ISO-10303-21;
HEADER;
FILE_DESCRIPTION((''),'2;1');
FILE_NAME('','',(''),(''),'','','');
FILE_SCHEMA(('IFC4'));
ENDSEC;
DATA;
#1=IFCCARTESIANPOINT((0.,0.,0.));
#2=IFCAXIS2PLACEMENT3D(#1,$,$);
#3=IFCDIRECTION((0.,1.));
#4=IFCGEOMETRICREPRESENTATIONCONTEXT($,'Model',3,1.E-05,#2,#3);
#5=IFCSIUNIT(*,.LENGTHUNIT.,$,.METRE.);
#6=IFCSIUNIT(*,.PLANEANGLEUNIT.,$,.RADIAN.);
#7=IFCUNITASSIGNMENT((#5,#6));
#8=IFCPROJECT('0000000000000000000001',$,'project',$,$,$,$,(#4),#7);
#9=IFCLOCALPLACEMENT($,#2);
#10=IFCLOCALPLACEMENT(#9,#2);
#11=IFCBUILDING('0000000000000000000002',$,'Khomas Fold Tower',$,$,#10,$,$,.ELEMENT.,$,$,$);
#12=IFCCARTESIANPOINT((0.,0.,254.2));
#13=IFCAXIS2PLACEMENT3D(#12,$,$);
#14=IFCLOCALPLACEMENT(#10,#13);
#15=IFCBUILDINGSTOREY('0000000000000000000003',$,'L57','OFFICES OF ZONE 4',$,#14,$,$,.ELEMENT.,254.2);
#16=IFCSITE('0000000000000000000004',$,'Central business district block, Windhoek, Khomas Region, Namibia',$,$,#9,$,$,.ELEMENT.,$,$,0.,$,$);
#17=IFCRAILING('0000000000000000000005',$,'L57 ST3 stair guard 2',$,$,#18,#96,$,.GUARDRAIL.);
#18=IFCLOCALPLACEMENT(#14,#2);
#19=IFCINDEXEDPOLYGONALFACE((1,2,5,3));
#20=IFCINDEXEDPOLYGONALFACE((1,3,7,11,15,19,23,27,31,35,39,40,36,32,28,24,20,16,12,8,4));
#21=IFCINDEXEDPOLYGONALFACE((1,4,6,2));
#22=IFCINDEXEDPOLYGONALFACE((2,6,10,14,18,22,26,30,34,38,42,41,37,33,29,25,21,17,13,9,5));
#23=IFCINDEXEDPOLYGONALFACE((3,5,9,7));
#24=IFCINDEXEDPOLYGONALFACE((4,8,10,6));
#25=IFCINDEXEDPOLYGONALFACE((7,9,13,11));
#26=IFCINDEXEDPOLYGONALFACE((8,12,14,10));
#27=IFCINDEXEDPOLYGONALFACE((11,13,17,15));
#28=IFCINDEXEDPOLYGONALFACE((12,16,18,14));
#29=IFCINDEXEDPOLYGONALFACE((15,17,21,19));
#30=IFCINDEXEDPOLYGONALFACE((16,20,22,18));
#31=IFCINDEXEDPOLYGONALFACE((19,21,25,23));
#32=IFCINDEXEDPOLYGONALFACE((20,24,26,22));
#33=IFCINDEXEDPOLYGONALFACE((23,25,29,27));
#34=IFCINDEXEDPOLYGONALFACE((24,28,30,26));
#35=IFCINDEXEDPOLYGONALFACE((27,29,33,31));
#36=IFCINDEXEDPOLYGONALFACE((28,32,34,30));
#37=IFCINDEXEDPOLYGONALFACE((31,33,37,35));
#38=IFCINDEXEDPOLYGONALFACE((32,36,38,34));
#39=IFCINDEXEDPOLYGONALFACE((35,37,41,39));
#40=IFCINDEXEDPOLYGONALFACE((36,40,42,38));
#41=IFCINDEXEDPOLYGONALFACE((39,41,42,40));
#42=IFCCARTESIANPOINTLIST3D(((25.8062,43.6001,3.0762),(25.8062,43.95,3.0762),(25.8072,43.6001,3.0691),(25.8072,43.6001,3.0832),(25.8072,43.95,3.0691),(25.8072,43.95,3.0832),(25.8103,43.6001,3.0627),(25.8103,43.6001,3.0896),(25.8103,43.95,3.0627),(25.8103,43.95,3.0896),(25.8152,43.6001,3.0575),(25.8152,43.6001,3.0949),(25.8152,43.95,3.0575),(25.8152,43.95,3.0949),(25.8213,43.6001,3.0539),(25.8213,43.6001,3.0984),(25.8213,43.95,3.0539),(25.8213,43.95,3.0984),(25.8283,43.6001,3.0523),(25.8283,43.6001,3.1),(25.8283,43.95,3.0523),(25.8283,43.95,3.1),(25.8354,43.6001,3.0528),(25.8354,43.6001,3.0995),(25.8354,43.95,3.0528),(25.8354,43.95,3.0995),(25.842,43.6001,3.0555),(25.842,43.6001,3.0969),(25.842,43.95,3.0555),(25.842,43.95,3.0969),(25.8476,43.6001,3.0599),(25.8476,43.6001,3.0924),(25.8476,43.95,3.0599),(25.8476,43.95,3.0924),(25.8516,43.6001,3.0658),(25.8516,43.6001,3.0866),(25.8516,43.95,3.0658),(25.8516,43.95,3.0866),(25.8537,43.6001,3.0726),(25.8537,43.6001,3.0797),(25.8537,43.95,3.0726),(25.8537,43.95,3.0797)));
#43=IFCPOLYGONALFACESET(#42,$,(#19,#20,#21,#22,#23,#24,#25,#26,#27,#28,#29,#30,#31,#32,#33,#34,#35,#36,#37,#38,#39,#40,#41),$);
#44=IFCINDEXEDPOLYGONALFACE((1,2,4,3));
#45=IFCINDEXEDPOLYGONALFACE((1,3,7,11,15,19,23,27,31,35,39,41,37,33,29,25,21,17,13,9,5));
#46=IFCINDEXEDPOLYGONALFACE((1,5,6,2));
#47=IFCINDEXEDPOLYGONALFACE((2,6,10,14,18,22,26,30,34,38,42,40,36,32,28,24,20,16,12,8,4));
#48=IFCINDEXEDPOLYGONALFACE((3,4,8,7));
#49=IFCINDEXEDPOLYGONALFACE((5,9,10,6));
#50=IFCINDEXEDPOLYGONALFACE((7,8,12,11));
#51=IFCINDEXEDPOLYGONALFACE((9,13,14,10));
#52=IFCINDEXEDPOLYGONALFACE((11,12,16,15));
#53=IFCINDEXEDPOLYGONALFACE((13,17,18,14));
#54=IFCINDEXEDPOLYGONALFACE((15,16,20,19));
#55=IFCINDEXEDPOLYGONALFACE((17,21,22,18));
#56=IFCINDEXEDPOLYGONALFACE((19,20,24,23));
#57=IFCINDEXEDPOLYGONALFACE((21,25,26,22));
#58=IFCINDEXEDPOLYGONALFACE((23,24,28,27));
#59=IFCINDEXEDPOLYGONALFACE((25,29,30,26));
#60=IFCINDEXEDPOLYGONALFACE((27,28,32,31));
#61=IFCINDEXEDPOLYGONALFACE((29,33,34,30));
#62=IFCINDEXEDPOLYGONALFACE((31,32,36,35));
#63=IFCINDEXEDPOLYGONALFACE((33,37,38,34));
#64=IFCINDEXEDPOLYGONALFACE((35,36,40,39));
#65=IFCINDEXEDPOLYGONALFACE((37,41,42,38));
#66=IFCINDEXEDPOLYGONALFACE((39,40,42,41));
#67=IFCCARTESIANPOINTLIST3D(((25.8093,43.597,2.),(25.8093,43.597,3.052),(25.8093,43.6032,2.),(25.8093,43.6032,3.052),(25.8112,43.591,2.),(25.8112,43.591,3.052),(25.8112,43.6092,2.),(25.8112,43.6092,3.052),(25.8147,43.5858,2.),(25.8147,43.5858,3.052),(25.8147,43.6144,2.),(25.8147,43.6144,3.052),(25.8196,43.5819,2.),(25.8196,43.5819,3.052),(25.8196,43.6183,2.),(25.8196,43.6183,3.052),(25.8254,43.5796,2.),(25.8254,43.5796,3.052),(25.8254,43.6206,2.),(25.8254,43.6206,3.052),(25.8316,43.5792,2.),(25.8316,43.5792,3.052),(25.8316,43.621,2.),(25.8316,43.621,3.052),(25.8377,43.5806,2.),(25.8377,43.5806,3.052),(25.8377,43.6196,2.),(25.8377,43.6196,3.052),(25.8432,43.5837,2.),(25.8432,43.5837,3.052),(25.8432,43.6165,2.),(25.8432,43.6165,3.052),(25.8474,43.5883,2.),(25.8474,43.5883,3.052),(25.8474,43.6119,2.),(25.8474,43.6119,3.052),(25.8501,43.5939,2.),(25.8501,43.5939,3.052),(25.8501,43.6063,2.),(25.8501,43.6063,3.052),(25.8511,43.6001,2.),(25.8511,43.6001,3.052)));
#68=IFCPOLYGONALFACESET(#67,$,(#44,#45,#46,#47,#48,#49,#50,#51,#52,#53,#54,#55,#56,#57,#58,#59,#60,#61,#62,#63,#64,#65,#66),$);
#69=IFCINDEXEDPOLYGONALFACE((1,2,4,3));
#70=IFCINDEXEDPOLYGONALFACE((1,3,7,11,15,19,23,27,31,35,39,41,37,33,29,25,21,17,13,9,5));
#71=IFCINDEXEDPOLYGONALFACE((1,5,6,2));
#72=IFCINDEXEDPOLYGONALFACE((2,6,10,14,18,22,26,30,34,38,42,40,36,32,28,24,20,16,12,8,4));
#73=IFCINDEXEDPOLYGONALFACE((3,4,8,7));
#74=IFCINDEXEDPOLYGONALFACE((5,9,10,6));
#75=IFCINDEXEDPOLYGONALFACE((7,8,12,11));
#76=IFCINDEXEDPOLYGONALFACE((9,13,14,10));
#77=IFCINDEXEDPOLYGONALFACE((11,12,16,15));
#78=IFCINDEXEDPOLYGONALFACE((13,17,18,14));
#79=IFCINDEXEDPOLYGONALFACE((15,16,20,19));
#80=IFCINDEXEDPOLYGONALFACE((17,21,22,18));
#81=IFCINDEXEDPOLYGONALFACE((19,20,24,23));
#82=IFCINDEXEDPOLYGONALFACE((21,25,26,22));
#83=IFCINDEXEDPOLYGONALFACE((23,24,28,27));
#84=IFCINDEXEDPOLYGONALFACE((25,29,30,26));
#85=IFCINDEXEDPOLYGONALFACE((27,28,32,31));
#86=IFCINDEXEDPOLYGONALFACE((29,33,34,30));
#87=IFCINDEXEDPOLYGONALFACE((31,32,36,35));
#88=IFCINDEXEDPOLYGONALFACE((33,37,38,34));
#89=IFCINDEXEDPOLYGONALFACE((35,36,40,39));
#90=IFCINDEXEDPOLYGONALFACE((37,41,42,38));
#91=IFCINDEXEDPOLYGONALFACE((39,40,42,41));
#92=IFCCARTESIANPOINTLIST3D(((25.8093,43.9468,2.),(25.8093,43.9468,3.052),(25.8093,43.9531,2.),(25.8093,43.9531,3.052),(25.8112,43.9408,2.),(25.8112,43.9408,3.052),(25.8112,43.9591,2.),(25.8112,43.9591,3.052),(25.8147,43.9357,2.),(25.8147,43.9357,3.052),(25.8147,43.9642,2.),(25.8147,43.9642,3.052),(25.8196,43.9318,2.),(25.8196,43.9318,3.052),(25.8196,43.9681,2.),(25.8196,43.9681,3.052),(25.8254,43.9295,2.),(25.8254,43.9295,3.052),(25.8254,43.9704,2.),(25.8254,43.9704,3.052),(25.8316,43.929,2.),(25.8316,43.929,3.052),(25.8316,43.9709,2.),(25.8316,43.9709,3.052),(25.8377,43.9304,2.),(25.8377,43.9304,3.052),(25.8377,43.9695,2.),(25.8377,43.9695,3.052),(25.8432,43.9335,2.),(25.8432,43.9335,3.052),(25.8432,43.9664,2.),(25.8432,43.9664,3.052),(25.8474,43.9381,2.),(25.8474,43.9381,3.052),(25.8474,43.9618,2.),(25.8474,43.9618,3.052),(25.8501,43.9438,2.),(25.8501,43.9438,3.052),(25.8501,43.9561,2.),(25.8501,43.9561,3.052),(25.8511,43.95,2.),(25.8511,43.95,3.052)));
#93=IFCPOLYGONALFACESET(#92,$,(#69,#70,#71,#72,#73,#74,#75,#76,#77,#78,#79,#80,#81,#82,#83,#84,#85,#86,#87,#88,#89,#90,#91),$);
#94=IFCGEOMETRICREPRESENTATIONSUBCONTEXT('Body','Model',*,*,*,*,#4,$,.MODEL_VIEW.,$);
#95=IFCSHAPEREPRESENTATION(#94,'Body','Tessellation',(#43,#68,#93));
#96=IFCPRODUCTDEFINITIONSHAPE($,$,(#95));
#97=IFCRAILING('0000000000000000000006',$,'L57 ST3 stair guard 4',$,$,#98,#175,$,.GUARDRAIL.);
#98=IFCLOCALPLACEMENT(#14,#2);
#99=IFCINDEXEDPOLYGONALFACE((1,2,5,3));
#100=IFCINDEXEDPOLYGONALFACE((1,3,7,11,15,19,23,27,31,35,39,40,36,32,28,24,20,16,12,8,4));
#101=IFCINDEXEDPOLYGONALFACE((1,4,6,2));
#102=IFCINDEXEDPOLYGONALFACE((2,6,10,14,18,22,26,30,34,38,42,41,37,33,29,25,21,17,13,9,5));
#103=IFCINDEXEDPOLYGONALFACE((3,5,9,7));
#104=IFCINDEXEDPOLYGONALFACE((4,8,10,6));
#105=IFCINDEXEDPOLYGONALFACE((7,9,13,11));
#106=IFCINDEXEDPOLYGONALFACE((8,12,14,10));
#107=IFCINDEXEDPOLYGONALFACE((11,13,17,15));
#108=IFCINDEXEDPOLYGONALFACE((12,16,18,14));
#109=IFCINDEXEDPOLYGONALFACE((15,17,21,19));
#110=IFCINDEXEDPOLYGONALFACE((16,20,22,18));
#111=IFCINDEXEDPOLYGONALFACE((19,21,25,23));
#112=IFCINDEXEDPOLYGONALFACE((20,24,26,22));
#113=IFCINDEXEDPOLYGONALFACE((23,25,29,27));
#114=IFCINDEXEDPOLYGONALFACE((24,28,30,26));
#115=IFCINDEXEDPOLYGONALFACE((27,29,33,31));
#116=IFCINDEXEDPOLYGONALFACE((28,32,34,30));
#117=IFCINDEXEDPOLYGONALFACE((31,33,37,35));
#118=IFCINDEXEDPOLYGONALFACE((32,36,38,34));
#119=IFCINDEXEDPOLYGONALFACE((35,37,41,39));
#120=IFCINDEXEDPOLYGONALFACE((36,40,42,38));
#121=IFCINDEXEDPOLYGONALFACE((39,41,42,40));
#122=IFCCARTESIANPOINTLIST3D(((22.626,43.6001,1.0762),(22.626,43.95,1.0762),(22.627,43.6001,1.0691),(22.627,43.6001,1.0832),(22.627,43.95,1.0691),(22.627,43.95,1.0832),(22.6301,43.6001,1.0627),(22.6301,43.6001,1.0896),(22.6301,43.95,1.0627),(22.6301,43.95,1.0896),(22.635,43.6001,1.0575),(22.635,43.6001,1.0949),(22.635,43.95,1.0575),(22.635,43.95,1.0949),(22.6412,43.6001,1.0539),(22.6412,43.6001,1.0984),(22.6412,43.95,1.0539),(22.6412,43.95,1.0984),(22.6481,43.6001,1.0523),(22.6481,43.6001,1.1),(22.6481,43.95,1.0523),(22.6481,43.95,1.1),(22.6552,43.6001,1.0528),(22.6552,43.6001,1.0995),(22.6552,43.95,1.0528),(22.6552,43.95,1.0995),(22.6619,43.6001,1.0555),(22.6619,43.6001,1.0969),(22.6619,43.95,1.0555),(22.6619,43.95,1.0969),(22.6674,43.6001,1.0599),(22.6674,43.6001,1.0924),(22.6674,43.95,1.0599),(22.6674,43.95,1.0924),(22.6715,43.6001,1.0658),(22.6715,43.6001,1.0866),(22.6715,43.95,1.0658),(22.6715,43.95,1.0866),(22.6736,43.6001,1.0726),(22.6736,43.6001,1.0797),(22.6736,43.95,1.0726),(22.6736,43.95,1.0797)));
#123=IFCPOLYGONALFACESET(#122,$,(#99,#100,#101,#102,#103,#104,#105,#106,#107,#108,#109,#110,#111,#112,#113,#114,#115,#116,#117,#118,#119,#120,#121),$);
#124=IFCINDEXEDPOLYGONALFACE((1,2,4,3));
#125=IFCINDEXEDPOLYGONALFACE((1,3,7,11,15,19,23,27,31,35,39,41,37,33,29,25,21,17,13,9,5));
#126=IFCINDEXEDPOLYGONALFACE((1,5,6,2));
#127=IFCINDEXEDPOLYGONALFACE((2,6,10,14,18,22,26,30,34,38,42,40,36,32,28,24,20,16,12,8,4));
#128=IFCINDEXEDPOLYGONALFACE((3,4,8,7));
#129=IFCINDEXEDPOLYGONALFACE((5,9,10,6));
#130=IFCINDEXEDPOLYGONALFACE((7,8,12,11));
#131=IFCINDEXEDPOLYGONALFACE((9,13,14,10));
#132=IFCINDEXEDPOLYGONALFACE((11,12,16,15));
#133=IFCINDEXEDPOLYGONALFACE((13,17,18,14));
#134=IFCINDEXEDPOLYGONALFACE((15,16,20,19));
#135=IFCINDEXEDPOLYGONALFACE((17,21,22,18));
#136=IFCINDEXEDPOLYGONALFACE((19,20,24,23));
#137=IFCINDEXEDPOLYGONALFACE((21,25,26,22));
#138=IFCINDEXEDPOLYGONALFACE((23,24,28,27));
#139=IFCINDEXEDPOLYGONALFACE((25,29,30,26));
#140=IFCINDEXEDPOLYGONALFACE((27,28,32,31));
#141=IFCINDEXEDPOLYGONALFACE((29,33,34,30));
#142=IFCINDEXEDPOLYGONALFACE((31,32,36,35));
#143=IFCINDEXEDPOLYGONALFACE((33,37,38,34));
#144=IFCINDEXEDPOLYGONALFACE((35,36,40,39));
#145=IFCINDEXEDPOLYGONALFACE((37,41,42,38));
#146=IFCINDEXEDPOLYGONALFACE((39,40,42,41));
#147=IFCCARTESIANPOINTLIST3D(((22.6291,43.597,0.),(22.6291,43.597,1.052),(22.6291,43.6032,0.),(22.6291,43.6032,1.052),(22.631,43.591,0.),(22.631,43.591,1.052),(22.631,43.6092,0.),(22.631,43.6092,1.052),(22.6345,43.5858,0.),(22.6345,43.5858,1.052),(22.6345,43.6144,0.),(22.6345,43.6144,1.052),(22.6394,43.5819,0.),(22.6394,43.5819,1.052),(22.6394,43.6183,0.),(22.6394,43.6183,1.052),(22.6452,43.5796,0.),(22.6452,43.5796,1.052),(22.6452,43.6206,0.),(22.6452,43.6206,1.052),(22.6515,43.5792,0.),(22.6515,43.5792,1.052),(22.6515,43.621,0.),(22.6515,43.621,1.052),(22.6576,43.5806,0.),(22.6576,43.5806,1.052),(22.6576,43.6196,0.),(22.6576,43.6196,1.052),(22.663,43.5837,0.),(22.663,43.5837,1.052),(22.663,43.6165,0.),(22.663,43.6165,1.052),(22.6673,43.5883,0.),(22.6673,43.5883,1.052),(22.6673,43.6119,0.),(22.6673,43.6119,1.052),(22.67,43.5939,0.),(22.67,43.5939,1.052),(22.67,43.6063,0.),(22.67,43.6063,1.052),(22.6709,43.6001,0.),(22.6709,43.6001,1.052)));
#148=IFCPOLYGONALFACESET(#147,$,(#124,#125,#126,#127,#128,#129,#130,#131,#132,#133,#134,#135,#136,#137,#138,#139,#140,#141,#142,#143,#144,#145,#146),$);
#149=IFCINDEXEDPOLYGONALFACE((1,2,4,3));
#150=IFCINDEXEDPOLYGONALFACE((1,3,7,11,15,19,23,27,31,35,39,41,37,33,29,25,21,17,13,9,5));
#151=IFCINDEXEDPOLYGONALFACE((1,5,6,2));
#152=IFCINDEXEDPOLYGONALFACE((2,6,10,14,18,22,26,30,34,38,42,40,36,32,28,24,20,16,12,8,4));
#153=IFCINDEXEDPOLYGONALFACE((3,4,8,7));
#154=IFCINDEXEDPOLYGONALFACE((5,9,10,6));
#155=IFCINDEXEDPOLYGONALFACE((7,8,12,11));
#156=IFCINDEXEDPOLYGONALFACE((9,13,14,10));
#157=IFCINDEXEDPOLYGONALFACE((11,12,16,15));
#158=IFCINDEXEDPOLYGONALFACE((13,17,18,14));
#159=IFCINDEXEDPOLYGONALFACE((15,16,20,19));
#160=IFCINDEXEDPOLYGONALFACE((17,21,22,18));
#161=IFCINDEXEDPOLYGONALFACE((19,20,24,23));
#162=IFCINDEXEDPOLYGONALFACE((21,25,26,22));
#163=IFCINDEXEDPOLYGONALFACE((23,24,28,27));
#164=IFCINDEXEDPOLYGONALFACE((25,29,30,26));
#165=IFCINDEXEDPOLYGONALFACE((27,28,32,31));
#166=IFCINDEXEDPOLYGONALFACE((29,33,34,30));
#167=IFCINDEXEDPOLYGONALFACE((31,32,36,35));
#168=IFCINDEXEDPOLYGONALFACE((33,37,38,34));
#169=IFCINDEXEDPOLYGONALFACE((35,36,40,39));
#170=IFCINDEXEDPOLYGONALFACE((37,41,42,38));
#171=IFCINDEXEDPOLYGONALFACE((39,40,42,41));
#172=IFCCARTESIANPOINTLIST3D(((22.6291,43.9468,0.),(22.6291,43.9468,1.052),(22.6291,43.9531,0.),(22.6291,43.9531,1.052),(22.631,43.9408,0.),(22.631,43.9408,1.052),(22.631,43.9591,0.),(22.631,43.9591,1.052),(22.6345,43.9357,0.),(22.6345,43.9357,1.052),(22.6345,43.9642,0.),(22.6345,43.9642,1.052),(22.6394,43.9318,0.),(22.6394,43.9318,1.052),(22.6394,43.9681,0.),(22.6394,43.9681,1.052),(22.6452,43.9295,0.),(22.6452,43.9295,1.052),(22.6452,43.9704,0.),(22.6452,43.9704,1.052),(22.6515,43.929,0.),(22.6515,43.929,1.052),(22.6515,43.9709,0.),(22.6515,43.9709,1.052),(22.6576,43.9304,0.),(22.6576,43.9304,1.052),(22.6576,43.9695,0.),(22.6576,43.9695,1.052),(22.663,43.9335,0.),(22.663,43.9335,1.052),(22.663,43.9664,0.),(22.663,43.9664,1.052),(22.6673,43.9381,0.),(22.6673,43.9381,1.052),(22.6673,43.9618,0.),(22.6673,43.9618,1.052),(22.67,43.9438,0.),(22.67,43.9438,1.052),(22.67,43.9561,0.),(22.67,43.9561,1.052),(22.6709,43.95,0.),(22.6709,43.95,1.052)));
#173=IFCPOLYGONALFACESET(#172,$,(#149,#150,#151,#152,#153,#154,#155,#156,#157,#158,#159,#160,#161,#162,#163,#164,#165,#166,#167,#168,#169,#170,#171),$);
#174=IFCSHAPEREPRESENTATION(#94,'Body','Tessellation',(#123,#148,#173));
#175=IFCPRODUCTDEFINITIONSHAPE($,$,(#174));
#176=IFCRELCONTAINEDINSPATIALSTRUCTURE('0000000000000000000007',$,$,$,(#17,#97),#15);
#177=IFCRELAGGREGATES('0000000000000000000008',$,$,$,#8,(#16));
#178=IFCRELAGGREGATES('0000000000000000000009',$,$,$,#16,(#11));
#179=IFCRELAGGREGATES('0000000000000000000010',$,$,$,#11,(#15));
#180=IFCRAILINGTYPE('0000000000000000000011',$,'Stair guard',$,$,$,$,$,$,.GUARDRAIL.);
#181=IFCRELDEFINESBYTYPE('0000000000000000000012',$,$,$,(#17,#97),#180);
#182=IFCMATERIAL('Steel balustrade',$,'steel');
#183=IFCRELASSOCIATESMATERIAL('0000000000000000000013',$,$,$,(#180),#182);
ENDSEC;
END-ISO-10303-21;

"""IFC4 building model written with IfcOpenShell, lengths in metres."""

from ifc_helpers import new_model, si_unit, direction, frame, origin, origin_2d, place, context, subcontext, project, spatial, circle, extrude, source, transform, mapped, material, type_object, element, save


model = new_model("IFC4")

# Units and contexts
model_context = context("Model", 3, precision=1e-05, world=origin(), true_north=direction((0.0, 1.0)))
body_context = subcontext(model_context, "Body", "Model", "MODEL_VIEW")
ifc_project = project(units=[si_unit("LENGTHUNIT", "METRE"), si_unit("PLANEANGLEUNIT", "RADIAN")], contexts=[model_context])

# Site, building, storey
site_placement = place(None, origin())
site = spatial("IfcSite", under=ifc_project, at=site_placement, Name="Central business district block, Windhoek, Khomas Region, Namibia", CompositionType="ELEMENT", RefElevation=0.0)
building_placement = place(site_placement, origin())
building = spatial("IfcBuilding", under=site, at=building_placement, Name="Khomas Fold Tower", CompositionType="ELEMENT")
storey_placement = place(building_placement, frame((0.0, 0.0, 254.2)))
storey = spatial("IfcBuildingStorey", under=building, at=storey_placement, Name="L57", Description="OFFICES OF ZONE 4", CompositionType="ELEMENT", Elevation=254.2)

# Railings
ifc_material_1 = material(Name="Steel balustrade", Category="steel")
railing_type_1 = type_object("IfcRailingType", Name="Stair guard", PredefinedType="GUARDRAIL", material=ifc_material_1)
shared_shape_1 = source(origin(), body_context, "Body", "SweptSolid", [
    extrude(circle(Radius=0.0239, at=origin_2d()), frame((0.0, 0.0, 1.0762), z_axis=(0.0, 1.0, 0.0), x_axis=(-1.0, 0.0, 0.0)), (0.0, 0.0, 1.0), 0.3499),
    extrude(circle(Radius=0.021, at=origin_2d()), origin(), (0.0, 0.0, 1.0), 1.052),
    extrude(circle(Radius=0.021, at=origin_2d()), frame((0.0, 0.3499, 0.0)), (0.0, 0.0, 1.0), 1.052),
])
for number, where, name in (
    (1, (25.8301, 43.6001, 2.0), "L57 ST3 stair guard 2"),
    (2, (22.6499, 43.6001, 0.0), "L57 ST3 stair guard 4"),
):
    element("IfcRailing", number, at=place(storey_placement, frame(where)), inside=storey, type_object=railing_type_1, Name=name, PredefinedType="GUARDRAIL", context=body_context, shape_type="MappedRepresentation", body=[
        mapped(shared_shape_1, transform((0.0, 0.0, 0.0))),
    ])

save(model, "model.ifc")
